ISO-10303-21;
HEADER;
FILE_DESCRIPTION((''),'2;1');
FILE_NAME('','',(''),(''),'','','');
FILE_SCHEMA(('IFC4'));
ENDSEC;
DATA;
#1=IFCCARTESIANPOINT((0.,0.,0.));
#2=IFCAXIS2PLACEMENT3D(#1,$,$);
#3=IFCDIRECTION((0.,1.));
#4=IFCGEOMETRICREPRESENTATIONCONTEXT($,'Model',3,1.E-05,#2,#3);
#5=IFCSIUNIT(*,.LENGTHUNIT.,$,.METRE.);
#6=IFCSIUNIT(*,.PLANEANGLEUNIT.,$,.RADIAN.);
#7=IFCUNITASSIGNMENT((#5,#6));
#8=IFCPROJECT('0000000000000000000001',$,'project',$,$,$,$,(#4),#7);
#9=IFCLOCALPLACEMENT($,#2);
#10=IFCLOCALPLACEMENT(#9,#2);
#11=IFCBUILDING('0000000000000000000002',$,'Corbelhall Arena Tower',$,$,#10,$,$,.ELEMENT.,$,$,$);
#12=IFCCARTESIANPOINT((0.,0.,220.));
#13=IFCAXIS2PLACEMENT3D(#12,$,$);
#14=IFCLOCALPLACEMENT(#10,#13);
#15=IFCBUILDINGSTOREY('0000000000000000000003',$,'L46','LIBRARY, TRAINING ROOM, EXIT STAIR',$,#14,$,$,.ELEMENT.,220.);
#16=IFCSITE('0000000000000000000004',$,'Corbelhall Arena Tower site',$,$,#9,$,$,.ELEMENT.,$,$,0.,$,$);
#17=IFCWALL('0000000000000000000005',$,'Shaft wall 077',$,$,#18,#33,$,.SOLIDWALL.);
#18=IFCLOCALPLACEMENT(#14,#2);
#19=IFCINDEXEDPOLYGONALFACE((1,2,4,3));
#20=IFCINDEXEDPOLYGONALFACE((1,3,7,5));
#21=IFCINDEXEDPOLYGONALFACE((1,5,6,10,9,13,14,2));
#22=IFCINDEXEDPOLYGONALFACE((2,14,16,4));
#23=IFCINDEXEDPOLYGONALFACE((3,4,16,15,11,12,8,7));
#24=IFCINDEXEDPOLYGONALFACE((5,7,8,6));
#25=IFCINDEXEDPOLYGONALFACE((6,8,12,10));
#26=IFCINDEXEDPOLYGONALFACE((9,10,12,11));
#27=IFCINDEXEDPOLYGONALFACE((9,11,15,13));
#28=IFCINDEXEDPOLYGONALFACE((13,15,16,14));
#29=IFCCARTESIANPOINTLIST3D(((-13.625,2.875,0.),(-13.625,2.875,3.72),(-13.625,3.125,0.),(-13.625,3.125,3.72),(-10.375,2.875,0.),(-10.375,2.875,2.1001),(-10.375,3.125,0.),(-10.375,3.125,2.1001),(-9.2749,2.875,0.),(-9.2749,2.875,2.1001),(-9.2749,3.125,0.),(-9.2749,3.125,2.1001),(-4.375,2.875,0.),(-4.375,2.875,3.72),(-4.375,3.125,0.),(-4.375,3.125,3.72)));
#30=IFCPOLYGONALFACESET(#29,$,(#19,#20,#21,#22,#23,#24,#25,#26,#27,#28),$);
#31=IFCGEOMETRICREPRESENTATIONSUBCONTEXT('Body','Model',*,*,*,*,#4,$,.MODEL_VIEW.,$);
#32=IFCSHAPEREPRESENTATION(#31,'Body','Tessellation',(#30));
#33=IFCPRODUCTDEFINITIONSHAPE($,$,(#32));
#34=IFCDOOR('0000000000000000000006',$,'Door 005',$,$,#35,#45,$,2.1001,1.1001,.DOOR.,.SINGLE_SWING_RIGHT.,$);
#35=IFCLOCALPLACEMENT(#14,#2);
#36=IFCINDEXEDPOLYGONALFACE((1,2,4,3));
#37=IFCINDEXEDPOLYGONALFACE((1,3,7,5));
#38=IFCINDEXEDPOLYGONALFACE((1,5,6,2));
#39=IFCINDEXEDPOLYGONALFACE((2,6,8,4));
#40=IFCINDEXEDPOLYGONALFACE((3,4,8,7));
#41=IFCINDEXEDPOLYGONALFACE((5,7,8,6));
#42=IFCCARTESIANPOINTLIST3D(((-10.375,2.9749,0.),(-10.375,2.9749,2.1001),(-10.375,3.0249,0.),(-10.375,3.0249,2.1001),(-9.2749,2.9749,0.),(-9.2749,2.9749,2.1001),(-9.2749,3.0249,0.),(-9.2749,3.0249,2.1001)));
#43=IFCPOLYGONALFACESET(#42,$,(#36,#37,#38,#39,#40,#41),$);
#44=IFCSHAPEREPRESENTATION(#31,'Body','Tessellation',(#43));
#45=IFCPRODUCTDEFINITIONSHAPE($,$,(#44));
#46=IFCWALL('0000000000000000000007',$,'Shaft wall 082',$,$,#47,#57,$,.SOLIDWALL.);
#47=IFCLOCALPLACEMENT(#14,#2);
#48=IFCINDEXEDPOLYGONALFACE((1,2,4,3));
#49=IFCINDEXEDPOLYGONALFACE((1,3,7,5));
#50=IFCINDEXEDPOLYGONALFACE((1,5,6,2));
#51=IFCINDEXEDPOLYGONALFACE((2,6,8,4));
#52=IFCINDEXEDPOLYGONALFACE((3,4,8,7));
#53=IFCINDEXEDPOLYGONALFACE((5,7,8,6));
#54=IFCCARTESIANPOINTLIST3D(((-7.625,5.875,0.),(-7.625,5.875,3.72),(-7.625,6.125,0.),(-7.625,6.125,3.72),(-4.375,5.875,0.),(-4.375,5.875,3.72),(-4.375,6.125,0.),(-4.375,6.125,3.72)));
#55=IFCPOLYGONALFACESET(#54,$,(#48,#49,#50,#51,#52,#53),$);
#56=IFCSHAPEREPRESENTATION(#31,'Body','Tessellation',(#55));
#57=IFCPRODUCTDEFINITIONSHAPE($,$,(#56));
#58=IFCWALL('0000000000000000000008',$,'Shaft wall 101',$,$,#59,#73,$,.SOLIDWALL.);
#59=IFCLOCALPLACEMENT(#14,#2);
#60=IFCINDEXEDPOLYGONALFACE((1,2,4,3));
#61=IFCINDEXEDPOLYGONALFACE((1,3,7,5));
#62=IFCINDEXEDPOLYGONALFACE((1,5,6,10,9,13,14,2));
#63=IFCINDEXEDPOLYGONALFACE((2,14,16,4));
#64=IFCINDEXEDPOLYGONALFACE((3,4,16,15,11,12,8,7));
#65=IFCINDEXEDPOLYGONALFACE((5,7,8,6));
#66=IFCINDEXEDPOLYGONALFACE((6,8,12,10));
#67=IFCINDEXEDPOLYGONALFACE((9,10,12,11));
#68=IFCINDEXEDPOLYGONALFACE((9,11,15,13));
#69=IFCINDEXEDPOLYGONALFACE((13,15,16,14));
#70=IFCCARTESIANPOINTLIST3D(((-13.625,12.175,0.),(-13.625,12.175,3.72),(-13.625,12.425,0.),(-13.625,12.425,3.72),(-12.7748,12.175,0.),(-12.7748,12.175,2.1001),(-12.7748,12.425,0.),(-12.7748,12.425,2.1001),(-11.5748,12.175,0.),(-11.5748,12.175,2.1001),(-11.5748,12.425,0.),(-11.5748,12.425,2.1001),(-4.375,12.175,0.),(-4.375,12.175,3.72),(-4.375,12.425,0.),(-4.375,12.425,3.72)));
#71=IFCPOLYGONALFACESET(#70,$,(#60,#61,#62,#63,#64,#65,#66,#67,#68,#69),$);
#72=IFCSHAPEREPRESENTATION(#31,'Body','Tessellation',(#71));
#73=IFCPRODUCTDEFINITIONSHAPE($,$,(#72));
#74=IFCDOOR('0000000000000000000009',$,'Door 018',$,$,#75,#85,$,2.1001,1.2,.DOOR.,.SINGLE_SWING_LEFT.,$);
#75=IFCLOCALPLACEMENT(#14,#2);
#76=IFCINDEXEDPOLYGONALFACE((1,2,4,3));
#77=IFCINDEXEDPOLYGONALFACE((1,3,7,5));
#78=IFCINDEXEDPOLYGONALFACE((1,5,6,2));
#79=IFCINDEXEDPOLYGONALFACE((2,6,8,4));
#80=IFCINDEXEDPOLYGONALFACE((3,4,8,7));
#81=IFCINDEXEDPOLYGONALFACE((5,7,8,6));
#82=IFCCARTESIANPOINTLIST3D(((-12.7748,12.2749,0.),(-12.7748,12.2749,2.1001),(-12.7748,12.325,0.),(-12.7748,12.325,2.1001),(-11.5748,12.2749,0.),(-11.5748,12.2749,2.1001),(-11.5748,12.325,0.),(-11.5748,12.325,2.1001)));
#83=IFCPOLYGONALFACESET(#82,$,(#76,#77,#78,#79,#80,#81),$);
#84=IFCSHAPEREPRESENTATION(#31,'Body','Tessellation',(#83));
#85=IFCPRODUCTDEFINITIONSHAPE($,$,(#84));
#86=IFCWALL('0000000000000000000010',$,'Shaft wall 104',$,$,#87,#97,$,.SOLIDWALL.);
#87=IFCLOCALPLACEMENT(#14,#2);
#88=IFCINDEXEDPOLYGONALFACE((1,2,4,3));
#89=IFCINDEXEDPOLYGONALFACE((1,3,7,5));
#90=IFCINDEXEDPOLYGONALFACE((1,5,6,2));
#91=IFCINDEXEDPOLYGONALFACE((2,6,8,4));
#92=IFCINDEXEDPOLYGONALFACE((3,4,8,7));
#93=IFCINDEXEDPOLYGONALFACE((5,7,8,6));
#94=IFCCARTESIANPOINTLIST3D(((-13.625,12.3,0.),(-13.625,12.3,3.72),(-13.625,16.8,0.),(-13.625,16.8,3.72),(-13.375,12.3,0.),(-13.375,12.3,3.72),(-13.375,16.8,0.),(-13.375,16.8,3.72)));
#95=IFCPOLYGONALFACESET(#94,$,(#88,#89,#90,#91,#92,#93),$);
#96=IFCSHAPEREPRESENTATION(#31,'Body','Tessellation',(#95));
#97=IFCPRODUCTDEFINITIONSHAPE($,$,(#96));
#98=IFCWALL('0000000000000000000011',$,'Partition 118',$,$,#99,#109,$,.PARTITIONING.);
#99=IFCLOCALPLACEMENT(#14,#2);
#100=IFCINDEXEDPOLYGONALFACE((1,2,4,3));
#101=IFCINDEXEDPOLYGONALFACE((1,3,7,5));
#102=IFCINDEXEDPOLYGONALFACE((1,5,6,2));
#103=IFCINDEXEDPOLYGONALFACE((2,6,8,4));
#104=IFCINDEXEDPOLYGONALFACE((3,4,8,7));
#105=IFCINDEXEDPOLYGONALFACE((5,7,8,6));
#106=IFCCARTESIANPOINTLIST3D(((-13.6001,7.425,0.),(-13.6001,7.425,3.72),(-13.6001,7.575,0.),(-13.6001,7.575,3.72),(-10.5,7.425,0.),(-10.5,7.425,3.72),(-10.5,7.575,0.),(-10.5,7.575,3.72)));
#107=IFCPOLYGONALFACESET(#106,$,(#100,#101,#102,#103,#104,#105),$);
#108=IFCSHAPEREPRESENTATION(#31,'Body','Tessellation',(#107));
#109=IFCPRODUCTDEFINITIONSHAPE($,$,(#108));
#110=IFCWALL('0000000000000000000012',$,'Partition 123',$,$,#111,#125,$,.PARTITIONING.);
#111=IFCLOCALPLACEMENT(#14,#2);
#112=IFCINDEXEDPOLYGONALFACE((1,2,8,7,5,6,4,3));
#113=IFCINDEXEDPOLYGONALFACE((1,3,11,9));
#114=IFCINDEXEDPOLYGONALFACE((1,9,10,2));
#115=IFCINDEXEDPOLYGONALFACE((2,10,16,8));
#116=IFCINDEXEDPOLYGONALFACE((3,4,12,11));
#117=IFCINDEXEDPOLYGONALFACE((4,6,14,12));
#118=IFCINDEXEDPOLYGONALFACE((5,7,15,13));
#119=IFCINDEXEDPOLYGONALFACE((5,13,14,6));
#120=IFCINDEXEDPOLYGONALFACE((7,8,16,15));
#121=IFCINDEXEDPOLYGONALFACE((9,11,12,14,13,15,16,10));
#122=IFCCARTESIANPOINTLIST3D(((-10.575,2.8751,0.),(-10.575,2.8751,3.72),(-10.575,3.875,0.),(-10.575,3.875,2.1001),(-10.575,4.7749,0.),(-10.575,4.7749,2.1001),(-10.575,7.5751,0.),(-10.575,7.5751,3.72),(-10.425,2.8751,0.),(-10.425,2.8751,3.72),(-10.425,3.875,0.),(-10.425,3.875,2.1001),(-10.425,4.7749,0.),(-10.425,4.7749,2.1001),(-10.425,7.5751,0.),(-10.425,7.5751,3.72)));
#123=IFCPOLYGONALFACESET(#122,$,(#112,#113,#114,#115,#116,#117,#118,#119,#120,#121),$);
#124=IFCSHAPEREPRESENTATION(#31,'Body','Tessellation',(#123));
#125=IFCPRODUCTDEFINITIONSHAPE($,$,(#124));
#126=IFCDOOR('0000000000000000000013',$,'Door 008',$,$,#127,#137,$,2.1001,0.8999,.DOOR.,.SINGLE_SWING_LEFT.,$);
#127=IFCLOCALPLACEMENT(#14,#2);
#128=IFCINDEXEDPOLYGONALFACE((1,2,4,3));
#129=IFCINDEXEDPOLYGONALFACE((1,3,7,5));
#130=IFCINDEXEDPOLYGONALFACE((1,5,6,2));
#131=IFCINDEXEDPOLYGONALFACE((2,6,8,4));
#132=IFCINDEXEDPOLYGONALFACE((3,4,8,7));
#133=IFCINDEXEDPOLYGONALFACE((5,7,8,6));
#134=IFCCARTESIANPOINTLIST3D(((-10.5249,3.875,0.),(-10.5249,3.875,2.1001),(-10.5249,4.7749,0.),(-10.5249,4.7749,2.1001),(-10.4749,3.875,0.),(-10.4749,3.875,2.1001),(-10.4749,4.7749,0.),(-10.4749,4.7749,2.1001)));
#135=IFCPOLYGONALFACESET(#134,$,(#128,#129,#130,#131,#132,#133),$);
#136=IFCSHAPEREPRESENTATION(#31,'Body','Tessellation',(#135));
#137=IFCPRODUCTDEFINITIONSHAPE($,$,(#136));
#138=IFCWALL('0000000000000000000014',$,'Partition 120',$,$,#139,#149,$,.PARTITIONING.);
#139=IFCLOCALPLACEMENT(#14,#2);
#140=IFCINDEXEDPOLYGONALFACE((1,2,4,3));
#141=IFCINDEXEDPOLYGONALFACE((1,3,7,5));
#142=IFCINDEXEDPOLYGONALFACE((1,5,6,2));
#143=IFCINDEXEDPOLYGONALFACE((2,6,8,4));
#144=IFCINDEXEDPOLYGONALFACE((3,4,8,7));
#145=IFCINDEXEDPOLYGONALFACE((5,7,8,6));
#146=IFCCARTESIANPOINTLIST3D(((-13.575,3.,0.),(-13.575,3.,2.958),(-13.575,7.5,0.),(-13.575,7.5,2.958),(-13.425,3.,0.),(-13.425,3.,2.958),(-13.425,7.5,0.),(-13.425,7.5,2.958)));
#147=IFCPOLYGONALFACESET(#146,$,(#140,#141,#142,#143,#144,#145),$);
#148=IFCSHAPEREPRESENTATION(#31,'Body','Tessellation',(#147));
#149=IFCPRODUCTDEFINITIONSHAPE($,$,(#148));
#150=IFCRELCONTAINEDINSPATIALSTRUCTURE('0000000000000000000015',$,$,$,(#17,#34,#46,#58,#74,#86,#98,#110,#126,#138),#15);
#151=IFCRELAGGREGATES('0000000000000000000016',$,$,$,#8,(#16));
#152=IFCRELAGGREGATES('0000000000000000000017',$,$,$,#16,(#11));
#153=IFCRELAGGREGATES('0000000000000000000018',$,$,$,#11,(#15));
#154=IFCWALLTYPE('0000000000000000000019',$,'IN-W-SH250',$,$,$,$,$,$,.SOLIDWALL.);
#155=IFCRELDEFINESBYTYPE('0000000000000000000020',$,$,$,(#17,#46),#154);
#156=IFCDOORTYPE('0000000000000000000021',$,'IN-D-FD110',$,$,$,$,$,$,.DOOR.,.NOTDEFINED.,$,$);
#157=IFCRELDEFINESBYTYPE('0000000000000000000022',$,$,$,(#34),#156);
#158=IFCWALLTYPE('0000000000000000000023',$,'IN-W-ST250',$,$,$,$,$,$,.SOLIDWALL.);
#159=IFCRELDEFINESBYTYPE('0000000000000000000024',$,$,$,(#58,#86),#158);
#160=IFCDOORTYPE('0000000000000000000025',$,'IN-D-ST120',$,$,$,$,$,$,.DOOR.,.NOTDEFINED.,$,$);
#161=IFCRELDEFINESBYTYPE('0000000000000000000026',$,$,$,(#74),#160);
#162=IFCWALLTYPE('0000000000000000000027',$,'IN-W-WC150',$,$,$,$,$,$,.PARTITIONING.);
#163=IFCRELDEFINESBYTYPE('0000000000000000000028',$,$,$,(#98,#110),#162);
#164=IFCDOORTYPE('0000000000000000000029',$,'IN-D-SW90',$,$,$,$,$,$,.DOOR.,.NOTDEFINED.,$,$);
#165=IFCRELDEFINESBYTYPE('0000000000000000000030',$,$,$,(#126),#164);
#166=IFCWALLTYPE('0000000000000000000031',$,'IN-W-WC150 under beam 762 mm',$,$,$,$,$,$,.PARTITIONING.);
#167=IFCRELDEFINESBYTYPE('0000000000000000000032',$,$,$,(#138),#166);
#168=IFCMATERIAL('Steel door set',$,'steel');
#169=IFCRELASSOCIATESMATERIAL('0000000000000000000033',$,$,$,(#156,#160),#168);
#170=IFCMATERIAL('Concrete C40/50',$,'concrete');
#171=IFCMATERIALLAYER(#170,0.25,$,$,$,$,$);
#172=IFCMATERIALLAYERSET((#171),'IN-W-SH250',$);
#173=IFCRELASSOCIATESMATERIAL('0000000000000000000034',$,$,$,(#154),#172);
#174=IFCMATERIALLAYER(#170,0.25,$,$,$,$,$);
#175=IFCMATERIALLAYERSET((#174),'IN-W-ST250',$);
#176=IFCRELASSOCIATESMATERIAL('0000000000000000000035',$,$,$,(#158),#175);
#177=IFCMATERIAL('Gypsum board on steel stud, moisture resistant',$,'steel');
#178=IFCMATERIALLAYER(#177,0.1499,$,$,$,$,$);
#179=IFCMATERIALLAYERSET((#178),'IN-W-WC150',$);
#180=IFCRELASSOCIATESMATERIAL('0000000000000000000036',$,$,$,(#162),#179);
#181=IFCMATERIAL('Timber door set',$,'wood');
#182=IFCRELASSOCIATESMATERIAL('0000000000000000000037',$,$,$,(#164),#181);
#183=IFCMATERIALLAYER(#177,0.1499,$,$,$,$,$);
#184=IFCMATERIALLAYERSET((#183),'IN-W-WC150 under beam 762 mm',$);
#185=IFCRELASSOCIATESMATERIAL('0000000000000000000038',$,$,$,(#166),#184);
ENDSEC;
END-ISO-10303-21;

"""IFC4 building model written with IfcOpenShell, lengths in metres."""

from ifc_helpers import new_model, si_unit, direction, frame, frame_2d, origin, place, context, subcontext, project, spatial, rectangle, extrude, material, layer, layer_set, type_object, element, fill, save


model = new_model("IFC4")

# Units and contexts
model_context = context("Model", 3, precision=1e-05, world=origin(), true_north=direction((0.0, 1.0)))
body_context = subcontext(model_context, "Body", "Model", "MODEL_VIEW")
ifc_project = project(units=[si_unit("LENGTHUNIT", "METRE"), si_unit("PLANEANGLEUNIT", "RADIAN")], contexts=[model_context])

# Site, building, storey
site_placement = place(None, origin())
site = spatial("IfcSite", under=ifc_project, at=site_placement, Name="Corbelhall Arena Tower site", CompositionType="ELEMENT", RefElevation=0.0)
building_placement = place(site_placement, origin())
building = spatial("IfcBuilding", under=site, at=building_placement, Name="Corbelhall Arena Tower", CompositionType="ELEMENT")
storey_placement = place(building_placement, frame((0.0, 0.0, 220.0)))
storey = spatial("IfcBuildingStorey", under=building, at=storey_placement, Name="L46", Description="LIBRARY, TRAINING ROOM, EXIT STAIR", CompositionType="ELEMENT", Elevation=220.0)

# Shared definitions
ifc_material_1 = material(Name="Steel door set", Category="steel")

# Shared definitions
door_type_1 = type_object("IfcDoorType", Name="IN-D-FD110", OperationType="NOTDEFINED", PredefinedType="DOOR", material=ifc_material_1)

# Wall, opening, door
ifc_material_2 = material(Name="Concrete C40/50", Category="concrete")
ifc_layer_1 = layer(ifc_material_2, 0.25)
ifc_layer_set_1 = layer_set([ifc_layer_1], Name="IN-W-SH250")
wall_type_1 = type_object("IfcWallType", Name="IN-W-SH250", PredefinedType="SOLIDWALL", material=ifc_layer_set_1)
wall_1_placement = place(storey_placement, frame((-13.625, 3.0, 0.0), z_axis=(0.0, 0.0, 1.0), x_axis=(1.0, 0.0, 0.0)))
wall_1 = element("IfcWall", 1, at=wall_1_placement, inside=storey, type_object=wall_type_1, Name="Shaft wall 077", PredefinedType="SOLIDWALL", context=body_context, shape_type="SweptSolid", body=[
    extrude(rectangle(XDim=9.25, YDim=0.25, at=frame_2d((4.625, 0.0))), origin(), (0.0, 0.0, 1.0), 3.72),
])
opening_1_placement = place(wall_1_placement, frame((3.25, 0.0, 0.0)))
opening_1 = element("IfcOpeningElement", 2, at=opening_1_placement, cuts=wall_1, PredefinedType="OPENING", context=body_context, shape_type="SweptSolid", body=[
    extrude(rectangle(XDim=1.1001, YDim=2.1001, at=frame_2d((0.55, 1.05))), frame((0.0, 0.125, 0.0), z_axis=(0.0, -1.0, 0.0), x_axis=(1.0, 0.0, 0.0)), (0.0, 0.0, 1.0), 0.25),
])
door_1_placement = place(opening_1_placement, origin())
door_1 = element("IfcDoor", 3, at=door_1_placement, inside=storey, type_object=door_type_1, Name="Door 005", OperationType="SINGLE_SWING_RIGHT", OverallHeight=2.1001, OverallWidth=1.1001, PredefinedType="DOOR", context=body_context, shape_type="SweptSolid", body=[
    extrude(rectangle(XDim=1.1001, YDim=2.1001, at=frame_2d((0.55, 1.05))), frame((0.0, 0.0249, 0.0), z_axis=(0.0, -1.0, 0.0), x_axis=(1.0, 0.0, 0.0)), (0.0, 0.0, 1.0), 0.05),
])
fill(opening_1, door_1)

# Wall
wall_2_placement = place(storey_placement, frame((-7.625, 6.0, 0.0), z_axis=(0.0, 0.0, 1.0), x_axis=(1.0, 0.0, 0.0)))
element("IfcWall", 4, at=wall_2_placement, inside=storey, type_object=wall_type_1, Name="Shaft wall 082", PredefinedType="SOLIDWALL", context=body_context, shape_type="SweptSolid", body=[
    extrude(rectangle(XDim=3.25, YDim=0.25, at=frame_2d((1.625, 0.0))), origin(), (0.0, 0.0, 1.0), 3.72),
])

# Wall, opening, door
ifc_layer_2 = layer(ifc_material_2, 0.25)
ifc_layer_set_2 = layer_set([ifc_layer_2], Name="IN-W-ST250")
wall_type_2 = type_object("IfcWallType", Name="IN-W-ST250", PredefinedType="SOLIDWALL", material=ifc_layer_set_2)
wall_3_placement = place(storey_placement, frame((-13.625, 12.3, 0.0), z_axis=(0.0, 0.0, 1.0), x_axis=(1.0, 0.0, 0.0)))
wall_3 = element("IfcWall", 5, at=wall_3_placement, inside=storey, type_object=wall_type_2, Name="Shaft wall 101", PredefinedType="SOLIDWALL", context=body_context, shape_type="SweptSolid", body=[
    extrude(rectangle(XDim=9.25, YDim=0.25, at=frame_2d((4.625, 0.0))), origin(), (0.0, 0.0, 1.0), 3.72),
])
opening_2_placement = place(wall_3_placement, frame((0.8501, 0.0, 0.0)))
opening_2 = element("IfcOpeningElement", 6, at=opening_2_placement, cuts=wall_3, PredefinedType="OPENING", context=body_context, shape_type="SweptSolid", body=[
    extrude(rectangle(XDim=1.2, YDim=2.1001, at=frame_2d((0.6001, 1.05))), frame((0.0, 0.125, 0.0), z_axis=(0.0, -1.0, 0.0), x_axis=(1.0, 0.0, 0.0)), (0.0, 0.0, 1.0), 0.25),
])
door_type_2 = type_object("IfcDoorType", Name="IN-D-ST120", OperationType="NOTDEFINED", PredefinedType="DOOR", material=ifc_material_1)
door_2_placement = place(opening_2_placement, origin())
door_2 = element("IfcDoor", 7, at=door_2_placement, inside=storey, type_object=door_type_2, Name="Door 018", OperationType="SINGLE_SWING_LEFT", OverallHeight=2.1001, OverallWidth=1.2, PredefinedType="DOOR", context=body_context, shape_type="SweptSolid", body=[
    extrude(rectangle(XDim=1.2, YDim=2.1001, at=frame_2d((0.6001, 1.05))), frame((0.0, 0.0249, 0.0), z_axis=(0.0, -1.0, 0.0), x_axis=(1.0, 0.0, 0.0)), (0.0, 0.0, 1.0), 0.05),
])
fill(opening_2, door_2)

# Walls
wall_4_placement = place(storey_placement, frame((-13.5, 12.3, 0.0), z_axis=(0.0, 0.0, 1.0), x_axis=(0.0, 1.0, 0.0)))
element("IfcWall", 8, at=wall_4_placement, inside=storey, type_object=wall_type_2, Name="Shaft wall 104", PredefinedType="SOLIDWALL", context=body_context, shape_type="SweptSolid", body=[
    extrude(rectangle(XDim=4.5, YDim=0.25, at=frame_2d((2.25, 0.0))), origin(), (0.0, 0.0, 1.0), 3.72),
])
ifc_material_3 = material(Name="Gypsum board on steel stud, moisture resistant", Category="steel")
ifc_layer_3 = layer(ifc_material_3, 0.1499)
ifc_layer_set_3 = layer_set([ifc_layer_3], Name="IN-W-WC150")
wall_type_3 = type_object("IfcWallType", Name="IN-W-WC150", PredefinedType="PARTITIONING", material=ifc_layer_set_3)
wall_5_placement = place(storey_placement, frame((-13.6001, 7.5, 0.0), z_axis=(0.0, 0.0, 1.0), x_axis=(1.0, 0.0, 0.0)))
element("IfcWall", 9, at=wall_5_placement, inside=storey, type_object=wall_type_3, Name="Partition 118", PredefinedType="PARTITIONING", context=body_context, shape_type="SweptSolid", body=[
    extrude(rectangle(XDim=3.1001, YDim=0.1499, at=frame_2d((1.55, 0.0))), origin(), (0.0, 0.0, 1.0), 3.72),
])

# Wall, opening, door
wall_6_placement = place(storey_placement, frame((-10.5, 2.875, 0.0), z_axis=(0.0, 0.0, 1.0), x_axis=(0.0, 1.0, 0.0)))
wall_6 = element("IfcWall", 10, at=wall_6_placement, inside=storey, type_object=wall_type_3, Name="Partition 123", PredefinedType="PARTITIONING", context=body_context, shape_type="SweptSolid", body=[
    extrude(rectangle(XDim=4.7, YDim=0.1499, at=frame_2d((2.3501, 0.0))), origin(), (0.0, 0.0, 1.0), 3.72),
])
opening_3_placement = place(wall_6_placement, frame((1.0, 0.0, 0.0)))
opening_3 = element("IfcOpeningElement", 11, at=opening_3_placement, cuts=wall_6, PredefinedType="OPENING", context=body_context, shape_type="SweptSolid", body=[
    extrude(rectangle(XDim=0.8999, YDim=2.1001, at=frame_2d((0.45, 1.05))), frame((0.0, 0.075, 0.0), z_axis=(0.0, -1.0, 0.0), x_axis=(1.0, 0.0, 0.0)), (0.0, 0.0, 1.0), 0.1499),
])
ifc_material_4 = material(Name="Timber door set", Category="wood")
door_type_3 = type_object("IfcDoorType", Name="IN-D-SW90", OperationType="NOTDEFINED", PredefinedType="DOOR", material=ifc_material_4)
door_3_placement = place(opening_3_placement, origin())
door_3 = element("IfcDoor", 12, at=door_3_placement, inside=storey, type_object=door_type_3, Name="Door 008", OperationType="SINGLE_SWING_LEFT", OverallHeight=2.1001, OverallWidth=0.8999, PredefinedType="DOOR", context=body_context, shape_type="SweptSolid", body=[
    extrude(rectangle(XDim=0.8999, YDim=2.1001, at=frame_2d((0.45, 1.05))), frame((0.0, 0.0249, 0.0), z_axis=(0.0, -1.0, 0.0), x_axis=(1.0, 0.0, 0.0)), (0.0, 0.0, 1.0), 0.05),
])
fill(opening_3, door_3)

# Wall
ifc_layer_4 = layer(ifc_material_3, 0.1499)
ifc_layer_set_4 = layer_set([ifc_layer_4], Name="IN-W-WC150 under beam 762 mm")
wall_type_4 = type_object("IfcWallType", Name="IN-W-WC150 under beam 762 mm", PredefinedType="PARTITIONING", material=ifc_layer_set_4)
wall_7_placement = place(storey_placement, frame((-13.5, 3.0, 0.0), z_axis=(0.0, 0.0, 1.0), x_axis=(0.0, 1.0, 0.0)))
element("IfcWall", 13, at=wall_7_placement, inside=storey, type_object=wall_type_4, Name="Partition 120", PredefinedType="PARTITIONING", context=body_context, shape_type="SweptSolid", body=[
    extrude(rectangle(XDim=4.5, YDim=0.1499, at=frame_2d((2.25, 0.0))), origin(), (0.0, 0.0, 1.0), 2.958),
])

save(model, "model.ifc")
